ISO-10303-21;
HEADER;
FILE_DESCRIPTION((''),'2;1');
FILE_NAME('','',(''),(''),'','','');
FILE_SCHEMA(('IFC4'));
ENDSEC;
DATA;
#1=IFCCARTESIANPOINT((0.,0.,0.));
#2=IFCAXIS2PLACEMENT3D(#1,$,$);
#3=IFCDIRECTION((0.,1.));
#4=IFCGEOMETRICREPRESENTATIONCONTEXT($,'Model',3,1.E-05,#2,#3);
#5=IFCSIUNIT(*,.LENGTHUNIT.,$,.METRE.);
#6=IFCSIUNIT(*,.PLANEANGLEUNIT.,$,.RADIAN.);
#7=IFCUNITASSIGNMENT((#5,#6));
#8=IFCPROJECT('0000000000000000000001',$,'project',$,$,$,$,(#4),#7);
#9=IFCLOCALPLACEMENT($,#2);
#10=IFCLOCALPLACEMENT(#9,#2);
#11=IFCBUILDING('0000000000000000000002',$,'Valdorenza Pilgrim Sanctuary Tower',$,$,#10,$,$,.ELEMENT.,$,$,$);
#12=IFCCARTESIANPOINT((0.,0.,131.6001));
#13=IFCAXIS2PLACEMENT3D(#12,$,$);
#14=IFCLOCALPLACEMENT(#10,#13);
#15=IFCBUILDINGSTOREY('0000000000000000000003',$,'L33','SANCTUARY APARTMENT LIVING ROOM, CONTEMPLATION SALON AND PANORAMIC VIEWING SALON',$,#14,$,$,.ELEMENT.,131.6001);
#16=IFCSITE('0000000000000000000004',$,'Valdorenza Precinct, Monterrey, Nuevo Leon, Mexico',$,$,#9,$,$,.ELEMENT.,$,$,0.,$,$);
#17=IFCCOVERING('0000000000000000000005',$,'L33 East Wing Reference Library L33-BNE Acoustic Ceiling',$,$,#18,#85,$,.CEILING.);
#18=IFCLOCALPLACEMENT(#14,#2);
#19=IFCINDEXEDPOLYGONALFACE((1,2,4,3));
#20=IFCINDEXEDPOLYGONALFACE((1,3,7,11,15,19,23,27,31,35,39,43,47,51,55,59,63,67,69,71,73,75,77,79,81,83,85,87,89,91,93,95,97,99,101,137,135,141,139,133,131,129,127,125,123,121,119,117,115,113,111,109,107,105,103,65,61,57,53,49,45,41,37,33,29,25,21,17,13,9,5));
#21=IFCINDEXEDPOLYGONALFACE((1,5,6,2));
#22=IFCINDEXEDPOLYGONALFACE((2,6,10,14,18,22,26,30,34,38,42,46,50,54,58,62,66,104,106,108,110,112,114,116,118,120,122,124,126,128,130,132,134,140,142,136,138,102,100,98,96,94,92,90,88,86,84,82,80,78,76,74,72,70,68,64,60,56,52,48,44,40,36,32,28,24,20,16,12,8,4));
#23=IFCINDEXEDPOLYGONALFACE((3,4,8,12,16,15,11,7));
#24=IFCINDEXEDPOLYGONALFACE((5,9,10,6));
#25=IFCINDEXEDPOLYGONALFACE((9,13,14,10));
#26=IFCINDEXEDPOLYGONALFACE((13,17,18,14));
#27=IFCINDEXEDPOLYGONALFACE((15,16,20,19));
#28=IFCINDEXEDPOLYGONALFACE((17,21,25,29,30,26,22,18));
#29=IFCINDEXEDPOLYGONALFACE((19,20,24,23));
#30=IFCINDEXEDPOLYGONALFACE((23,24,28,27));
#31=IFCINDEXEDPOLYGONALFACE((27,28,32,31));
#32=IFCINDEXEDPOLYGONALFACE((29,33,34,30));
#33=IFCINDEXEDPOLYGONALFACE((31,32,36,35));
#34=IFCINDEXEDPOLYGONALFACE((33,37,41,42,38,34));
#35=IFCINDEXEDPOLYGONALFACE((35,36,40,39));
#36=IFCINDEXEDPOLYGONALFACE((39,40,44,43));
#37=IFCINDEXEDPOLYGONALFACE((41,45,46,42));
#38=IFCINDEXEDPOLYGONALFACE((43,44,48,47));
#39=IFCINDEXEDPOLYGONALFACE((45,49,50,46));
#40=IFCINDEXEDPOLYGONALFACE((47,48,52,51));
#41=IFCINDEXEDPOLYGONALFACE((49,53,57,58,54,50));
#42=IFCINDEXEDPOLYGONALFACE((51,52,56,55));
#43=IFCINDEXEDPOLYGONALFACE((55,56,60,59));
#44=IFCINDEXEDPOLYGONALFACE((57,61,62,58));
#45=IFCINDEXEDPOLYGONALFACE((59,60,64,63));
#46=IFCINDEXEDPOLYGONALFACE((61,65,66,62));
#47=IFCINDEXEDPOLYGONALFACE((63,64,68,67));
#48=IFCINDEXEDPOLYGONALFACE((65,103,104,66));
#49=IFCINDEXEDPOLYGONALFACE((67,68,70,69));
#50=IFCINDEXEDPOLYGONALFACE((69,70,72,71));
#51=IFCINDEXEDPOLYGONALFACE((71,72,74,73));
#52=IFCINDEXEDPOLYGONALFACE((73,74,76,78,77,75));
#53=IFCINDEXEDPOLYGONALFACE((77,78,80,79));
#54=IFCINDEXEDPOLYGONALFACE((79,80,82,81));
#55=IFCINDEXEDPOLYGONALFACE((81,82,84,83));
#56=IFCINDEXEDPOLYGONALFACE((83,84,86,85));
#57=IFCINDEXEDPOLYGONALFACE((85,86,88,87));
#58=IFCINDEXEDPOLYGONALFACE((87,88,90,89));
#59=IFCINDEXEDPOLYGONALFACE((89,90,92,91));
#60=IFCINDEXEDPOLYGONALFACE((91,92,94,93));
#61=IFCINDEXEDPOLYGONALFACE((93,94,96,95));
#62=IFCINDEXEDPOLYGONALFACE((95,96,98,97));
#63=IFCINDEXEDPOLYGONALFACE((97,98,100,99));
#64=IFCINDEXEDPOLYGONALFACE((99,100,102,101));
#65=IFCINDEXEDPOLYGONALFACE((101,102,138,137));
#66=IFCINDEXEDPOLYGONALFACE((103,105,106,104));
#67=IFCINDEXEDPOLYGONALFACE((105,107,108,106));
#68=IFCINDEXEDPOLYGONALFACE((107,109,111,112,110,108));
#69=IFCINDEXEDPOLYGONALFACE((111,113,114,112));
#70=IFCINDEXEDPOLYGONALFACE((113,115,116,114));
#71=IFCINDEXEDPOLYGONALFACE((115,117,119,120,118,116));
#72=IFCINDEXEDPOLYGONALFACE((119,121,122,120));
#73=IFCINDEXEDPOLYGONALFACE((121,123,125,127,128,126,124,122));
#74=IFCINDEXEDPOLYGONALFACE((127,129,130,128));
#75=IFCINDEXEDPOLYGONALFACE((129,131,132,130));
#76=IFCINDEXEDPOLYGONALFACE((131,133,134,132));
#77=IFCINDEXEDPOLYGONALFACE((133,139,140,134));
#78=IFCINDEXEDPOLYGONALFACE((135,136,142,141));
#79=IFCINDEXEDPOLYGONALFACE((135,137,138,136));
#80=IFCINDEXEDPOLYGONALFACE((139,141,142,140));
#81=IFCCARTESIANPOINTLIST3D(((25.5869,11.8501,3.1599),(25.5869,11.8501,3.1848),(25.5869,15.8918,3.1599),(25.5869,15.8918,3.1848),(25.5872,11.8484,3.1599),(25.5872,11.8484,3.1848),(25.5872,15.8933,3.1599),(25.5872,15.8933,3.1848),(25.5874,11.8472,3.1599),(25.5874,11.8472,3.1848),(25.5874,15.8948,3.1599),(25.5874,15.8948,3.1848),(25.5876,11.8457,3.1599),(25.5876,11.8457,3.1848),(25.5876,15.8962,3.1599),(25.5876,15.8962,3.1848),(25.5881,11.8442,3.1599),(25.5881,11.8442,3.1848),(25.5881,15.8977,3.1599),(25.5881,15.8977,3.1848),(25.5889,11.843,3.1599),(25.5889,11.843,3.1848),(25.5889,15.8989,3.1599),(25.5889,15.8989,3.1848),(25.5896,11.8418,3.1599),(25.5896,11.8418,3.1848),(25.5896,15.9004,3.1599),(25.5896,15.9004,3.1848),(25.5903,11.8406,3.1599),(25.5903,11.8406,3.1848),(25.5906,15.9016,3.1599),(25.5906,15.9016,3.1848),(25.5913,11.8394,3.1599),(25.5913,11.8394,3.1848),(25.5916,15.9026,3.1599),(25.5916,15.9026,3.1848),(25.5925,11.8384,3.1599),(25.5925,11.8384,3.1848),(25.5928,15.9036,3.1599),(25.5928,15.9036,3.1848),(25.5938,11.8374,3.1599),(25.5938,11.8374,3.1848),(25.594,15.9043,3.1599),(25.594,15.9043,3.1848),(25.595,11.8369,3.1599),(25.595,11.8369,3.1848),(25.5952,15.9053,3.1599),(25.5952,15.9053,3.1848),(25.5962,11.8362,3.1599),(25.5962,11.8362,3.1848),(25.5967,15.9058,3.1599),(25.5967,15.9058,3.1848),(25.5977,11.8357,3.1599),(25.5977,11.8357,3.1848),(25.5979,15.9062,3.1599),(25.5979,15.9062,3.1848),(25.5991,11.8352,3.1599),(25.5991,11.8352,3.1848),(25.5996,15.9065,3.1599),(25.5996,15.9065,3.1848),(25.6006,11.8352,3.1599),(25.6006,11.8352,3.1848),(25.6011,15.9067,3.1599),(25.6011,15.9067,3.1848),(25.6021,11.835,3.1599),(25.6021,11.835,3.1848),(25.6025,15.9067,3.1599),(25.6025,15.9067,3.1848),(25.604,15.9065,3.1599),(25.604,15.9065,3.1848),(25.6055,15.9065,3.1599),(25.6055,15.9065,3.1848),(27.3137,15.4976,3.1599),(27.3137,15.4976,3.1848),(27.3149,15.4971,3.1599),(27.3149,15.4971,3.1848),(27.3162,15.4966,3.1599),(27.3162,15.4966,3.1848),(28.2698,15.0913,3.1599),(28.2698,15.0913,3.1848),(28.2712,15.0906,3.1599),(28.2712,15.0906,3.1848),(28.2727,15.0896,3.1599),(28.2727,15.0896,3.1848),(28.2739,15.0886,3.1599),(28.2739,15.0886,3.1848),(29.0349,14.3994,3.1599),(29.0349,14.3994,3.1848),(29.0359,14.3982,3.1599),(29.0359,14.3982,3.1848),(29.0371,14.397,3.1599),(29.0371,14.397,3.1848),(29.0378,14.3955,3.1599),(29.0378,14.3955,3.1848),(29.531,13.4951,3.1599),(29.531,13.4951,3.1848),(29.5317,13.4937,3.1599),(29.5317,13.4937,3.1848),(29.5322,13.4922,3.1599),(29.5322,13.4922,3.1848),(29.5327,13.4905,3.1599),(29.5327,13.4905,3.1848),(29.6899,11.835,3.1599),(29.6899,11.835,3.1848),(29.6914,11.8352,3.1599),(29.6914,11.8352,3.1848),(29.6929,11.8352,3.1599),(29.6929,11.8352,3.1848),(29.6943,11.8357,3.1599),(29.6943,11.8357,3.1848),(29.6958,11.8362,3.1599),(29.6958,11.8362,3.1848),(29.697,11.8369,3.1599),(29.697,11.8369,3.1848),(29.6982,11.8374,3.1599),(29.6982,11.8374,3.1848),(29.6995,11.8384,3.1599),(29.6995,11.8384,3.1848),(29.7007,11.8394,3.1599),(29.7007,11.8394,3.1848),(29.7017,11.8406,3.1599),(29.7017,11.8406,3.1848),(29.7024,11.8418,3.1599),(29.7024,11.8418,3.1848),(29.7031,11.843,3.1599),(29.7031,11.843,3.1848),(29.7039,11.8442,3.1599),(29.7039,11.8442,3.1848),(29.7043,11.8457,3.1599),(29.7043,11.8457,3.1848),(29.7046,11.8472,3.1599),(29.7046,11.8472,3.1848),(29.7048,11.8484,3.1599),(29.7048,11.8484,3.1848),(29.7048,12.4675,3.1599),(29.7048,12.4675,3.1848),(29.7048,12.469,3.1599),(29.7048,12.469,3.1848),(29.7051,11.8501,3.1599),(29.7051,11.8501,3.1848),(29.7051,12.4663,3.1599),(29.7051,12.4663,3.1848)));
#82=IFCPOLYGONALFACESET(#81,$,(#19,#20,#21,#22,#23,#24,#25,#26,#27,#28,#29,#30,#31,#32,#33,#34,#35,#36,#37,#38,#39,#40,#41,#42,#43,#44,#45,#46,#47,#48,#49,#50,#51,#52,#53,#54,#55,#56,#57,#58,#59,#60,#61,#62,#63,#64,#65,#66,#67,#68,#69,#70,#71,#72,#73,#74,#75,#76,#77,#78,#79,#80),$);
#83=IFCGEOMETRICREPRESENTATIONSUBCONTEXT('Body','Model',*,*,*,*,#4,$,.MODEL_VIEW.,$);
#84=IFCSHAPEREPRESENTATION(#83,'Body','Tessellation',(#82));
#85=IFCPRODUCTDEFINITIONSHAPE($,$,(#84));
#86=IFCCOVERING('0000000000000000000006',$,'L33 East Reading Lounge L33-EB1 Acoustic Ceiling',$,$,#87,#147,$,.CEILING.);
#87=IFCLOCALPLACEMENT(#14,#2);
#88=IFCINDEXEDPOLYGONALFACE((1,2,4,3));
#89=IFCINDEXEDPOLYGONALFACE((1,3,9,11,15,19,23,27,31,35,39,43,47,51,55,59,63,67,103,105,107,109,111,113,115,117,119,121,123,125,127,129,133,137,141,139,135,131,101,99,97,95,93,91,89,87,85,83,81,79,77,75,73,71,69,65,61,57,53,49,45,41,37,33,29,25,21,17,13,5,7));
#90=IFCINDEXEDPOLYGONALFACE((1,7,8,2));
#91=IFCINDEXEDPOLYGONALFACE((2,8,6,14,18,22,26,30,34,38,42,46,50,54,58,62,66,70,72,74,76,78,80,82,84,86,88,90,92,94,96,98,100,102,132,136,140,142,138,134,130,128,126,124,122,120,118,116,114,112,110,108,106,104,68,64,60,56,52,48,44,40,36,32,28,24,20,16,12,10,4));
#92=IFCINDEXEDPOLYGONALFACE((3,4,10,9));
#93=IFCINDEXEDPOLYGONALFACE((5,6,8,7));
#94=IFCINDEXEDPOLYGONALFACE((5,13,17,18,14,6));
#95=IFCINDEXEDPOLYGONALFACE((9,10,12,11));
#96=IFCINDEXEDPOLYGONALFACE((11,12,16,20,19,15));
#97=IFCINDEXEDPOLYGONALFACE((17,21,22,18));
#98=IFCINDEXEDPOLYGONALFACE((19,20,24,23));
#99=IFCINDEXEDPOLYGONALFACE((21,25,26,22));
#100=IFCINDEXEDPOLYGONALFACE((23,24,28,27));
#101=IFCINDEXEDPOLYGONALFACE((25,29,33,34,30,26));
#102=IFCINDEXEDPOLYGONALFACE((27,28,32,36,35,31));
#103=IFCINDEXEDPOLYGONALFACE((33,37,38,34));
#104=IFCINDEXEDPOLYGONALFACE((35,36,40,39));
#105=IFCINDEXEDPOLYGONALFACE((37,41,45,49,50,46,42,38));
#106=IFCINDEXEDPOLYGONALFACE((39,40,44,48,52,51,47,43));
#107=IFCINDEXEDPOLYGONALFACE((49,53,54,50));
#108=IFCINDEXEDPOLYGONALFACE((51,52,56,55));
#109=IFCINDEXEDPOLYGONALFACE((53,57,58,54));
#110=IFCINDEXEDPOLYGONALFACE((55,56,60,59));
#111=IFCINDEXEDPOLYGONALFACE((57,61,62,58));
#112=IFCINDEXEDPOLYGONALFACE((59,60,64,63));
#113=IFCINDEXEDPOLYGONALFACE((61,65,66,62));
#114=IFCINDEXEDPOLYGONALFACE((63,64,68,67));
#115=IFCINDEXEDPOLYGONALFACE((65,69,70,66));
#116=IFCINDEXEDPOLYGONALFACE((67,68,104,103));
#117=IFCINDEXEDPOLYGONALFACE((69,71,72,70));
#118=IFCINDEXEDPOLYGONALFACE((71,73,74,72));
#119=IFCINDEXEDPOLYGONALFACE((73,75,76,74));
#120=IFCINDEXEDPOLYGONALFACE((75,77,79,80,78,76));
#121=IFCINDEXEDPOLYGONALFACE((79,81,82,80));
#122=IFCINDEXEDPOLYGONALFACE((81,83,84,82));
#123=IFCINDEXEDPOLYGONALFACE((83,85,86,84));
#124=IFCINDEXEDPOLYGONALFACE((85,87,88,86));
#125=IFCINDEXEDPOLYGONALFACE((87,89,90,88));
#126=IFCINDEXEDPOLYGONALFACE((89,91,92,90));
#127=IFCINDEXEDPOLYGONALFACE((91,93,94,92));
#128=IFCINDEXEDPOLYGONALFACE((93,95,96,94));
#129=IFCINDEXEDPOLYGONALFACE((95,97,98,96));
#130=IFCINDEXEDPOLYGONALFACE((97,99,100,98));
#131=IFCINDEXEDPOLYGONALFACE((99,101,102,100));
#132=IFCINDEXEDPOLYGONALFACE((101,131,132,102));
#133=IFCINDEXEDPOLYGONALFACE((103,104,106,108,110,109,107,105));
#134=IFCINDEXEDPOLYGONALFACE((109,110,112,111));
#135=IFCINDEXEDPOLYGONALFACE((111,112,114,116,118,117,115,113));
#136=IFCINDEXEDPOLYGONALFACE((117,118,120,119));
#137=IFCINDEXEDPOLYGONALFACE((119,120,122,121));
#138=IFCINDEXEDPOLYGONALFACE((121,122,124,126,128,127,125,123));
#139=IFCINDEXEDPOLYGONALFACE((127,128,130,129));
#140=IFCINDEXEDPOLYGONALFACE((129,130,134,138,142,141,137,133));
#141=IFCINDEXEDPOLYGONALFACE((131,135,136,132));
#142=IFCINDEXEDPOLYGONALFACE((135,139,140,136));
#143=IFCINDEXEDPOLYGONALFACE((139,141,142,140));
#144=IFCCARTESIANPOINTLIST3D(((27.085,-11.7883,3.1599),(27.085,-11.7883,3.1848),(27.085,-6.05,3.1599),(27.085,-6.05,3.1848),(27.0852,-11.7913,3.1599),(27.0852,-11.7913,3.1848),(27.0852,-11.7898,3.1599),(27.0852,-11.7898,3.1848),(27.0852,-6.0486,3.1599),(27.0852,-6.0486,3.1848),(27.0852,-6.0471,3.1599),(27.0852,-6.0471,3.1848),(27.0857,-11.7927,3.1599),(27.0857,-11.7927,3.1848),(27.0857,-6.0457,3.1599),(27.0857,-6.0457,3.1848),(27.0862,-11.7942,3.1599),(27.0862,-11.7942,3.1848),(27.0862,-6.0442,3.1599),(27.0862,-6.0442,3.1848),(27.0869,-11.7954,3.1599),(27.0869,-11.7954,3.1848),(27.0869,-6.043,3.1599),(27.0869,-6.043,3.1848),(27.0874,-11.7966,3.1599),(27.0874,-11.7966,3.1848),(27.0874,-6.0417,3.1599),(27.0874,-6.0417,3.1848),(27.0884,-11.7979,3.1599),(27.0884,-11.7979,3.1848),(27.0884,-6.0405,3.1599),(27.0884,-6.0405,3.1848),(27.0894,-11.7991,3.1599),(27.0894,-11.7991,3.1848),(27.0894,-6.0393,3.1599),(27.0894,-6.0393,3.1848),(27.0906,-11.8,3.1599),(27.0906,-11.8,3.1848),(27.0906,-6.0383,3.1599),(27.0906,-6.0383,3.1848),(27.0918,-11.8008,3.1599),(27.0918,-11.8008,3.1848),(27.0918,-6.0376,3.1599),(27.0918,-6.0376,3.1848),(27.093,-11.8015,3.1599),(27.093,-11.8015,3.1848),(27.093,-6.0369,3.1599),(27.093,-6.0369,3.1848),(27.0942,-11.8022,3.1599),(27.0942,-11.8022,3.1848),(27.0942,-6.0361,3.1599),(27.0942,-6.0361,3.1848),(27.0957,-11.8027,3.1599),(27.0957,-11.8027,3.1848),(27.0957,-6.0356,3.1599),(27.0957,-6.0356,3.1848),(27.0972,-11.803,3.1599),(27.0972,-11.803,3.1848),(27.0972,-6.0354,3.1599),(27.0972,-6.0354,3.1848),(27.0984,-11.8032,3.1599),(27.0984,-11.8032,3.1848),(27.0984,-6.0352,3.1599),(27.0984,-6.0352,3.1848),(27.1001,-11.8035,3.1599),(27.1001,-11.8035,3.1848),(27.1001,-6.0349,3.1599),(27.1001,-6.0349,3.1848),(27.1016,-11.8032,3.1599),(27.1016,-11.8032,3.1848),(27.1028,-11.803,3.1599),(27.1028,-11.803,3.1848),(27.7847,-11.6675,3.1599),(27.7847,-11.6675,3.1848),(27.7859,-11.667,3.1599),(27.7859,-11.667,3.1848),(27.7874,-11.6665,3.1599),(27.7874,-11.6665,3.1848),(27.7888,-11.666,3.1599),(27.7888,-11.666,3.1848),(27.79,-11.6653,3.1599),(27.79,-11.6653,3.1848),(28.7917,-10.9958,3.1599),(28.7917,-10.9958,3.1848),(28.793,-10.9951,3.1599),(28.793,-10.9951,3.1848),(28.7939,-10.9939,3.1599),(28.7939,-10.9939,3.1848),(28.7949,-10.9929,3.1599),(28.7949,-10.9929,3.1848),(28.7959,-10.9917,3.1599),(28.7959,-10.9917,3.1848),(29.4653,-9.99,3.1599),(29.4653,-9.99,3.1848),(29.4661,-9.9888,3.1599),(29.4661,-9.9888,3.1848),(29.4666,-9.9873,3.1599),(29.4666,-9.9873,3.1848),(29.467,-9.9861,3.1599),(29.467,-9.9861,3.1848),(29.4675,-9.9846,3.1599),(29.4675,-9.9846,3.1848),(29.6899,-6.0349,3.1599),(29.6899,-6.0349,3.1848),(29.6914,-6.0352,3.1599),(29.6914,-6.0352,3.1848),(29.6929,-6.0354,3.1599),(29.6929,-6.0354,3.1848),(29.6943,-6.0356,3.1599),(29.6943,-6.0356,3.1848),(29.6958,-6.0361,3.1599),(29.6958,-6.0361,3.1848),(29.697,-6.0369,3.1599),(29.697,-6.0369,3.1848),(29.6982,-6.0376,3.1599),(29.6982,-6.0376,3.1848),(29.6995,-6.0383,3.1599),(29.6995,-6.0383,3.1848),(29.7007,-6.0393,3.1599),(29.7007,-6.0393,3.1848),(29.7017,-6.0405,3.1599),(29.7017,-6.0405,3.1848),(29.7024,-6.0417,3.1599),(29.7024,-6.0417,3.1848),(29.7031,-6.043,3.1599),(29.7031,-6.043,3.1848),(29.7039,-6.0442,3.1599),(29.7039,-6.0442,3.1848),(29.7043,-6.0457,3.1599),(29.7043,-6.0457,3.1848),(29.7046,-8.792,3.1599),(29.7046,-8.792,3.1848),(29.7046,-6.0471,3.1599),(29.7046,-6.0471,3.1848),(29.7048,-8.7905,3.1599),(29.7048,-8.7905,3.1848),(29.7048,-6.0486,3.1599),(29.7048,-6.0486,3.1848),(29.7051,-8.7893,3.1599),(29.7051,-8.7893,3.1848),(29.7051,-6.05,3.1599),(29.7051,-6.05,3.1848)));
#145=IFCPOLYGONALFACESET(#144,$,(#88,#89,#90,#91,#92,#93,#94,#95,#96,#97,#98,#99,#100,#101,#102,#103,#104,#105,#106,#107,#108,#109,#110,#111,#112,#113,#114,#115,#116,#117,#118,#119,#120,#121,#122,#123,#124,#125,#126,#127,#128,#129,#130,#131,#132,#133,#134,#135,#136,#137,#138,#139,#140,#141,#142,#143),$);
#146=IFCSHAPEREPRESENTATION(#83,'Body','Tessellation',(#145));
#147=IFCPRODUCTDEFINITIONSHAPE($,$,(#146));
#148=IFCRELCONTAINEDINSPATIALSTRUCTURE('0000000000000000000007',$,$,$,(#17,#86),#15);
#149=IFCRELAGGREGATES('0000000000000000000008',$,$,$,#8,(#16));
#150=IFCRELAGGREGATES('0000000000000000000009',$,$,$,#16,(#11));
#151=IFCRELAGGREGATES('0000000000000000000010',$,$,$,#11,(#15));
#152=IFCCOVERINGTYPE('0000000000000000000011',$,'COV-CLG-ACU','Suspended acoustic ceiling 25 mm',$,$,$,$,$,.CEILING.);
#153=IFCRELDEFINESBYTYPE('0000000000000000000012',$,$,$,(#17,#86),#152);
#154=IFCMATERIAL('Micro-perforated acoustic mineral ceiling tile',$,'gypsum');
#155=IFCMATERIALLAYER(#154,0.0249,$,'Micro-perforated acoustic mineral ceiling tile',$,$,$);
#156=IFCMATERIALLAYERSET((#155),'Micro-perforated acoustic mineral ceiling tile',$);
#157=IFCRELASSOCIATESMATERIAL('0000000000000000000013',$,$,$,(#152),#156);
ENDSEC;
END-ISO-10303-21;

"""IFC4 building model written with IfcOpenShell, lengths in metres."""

from ifc_helpers import new_model, si_unit, direction, frame, origin, place, context, subcontext, project, spatial, polyline, outline, extrude, material, layer, layer_set, type_object, element, save


model = new_model("IFC4")

# Units and contexts
model_context = context("Model", 3, precision=1e-05, world=origin(), true_north=direction((0.0, 1.0)))
body_context = subcontext(model_context, "Body", "Model", "MODEL_VIEW")
ifc_project = project(units=[si_unit("LENGTHUNIT", "METRE"), si_unit("PLANEANGLEUNIT", "RADIAN")], contexts=[model_context])

# Site, building, storey
site_placement = place(None, origin())
site = spatial("IfcSite", under=ifc_project, at=site_placement, Name="Valdorenza Precinct, Monterrey, Nuevo Leon, Mexico", CompositionType="ELEMENT", RefElevation=0.0)
building_placement = place(site_placement, origin())
building = spatial("IfcBuilding", under=site, at=building_placement, Name="Valdorenza Pilgrim Sanctuary Tower", CompositionType="ELEMENT")
storey_placement = place(building_placement, frame((0.0, 0.0, 131.6001)))
storey = spatial("IfcBuildingStorey", under=building, at=storey_placement, Name="L33", Description="SANCTUARY APARTMENT LIVING ROOM, CONTEMPLATION SALON AND PANORAMIC VIEWING SALON", CompositionType="ELEMENT", Elevation=131.6001)

# Coverings
ifc_material_1 = material(Name="Micro-perforated acoustic mineral ceiling tile", Category="gypsum")
ifc_layer_1 = layer(ifc_material_1, 0.0249, Name="Micro-perforated acoustic mineral ceiling tile")
ifc_layer_set_1 = layer_set([ifc_layer_1], Name="Micro-perforated acoustic mineral ceiling tile")
covering_type_1 = type_object("IfcCoveringType", Name="COV-CLG-ACU", Description="Suspended acoustic ceiling 25 mm", PredefinedType="CEILING", material=ifc_layer_set_1)
covering_1_placement = place(storey_placement, frame((0.0, 0.0, 3.1599)))
element("IfcCovering", 1, at=covering_1_placement, inside=storey, type_object=covering_type_1, Name="L33 East Wing Reference Library L33-BNE Acoustic Ceiling", PredefinedType="CEILING", context=body_context, shape_type="SweptSolid", body=[
    extrude(outline(polyline([(27.3137, 15.4976), (27.3149, 15.4971), (27.3162, 15.4966), (28.2698, 15.0913), (28.2712, 15.0906), (28.2727, 15.0896), (28.2739, 15.0886), (29.0349, 14.3994), (29.0359, 14.3982), (29.0371, 14.397), (29.0378, 14.3955), (29.531, 13.4951), (29.5317, 13.4937), (29.5322, 13.4922), (29.5327, 13.4905), (29.7048, 12.469), (29.7048, 12.4675), (29.7051, 12.4663), (29.7051, 11.8501), (29.7048, 11.8484), (29.7046, 11.8472), (29.7043, 11.8457), (29.7039, 11.8442), (29.7031, 11.843), (29.7024, 11.8418), (29.7017, 11.8406), (29.7007, 11.8394), (29.6995, 11.8384), (29.6982, 11.8374), (29.697, 11.8369), (29.6958, 11.8362), (29.6943, 11.8357), (29.6929, 11.8352), (29.6914, 11.8352), (29.6899, 11.835), (25.6021, 11.835), (25.6006, 11.8352), (25.5991, 11.8352), (25.5977, 11.8357), (25.5962, 11.8362), (25.595, 11.8369), (25.5938, 11.8374), (25.5925, 11.8384), (25.5913, 11.8394), (25.5903, 11.8406), (25.5896, 11.8418), (25.5889, 11.843), (25.5881, 11.8442), (25.5876, 11.8457), (25.5874, 11.8472), (25.5872, 11.8484), (25.5869, 11.8501), (25.5869, 15.8918), (25.5872, 15.8933), (25.5874, 15.8948), (25.5876, 15.8962), (25.5881, 15.8977), (25.5889, 15.8989), (25.5896, 15.9004), (25.5906, 15.9016), (25.5916, 15.9026), (25.5928, 15.9036), (25.594, 15.9043), (25.5952, 15.9053), (25.5967, 15.9058), (25.5979, 15.9062), (25.5996, 15.9065), (25.6011, 15.9067), (25.6025, 15.9067), (25.604, 15.9065), (25.6055, 15.9065), (27.3137, 15.4976)])), origin(), (0.0, 0.0, 1.0), 0.0249),
])
covering_2_placement = place(storey_placement, frame((0.0, 0.0, 3.1599)))
element("IfcCovering", 2, at=covering_2_placement, inside=storey, type_object=covering_type_1, Name="L33 East Reading Lounge L33-EB1 Acoustic Ceiling", PredefinedType="CEILING", context=body_context, shape_type="SweptSolid", body=[
    extrude(outline(polyline([(29.6899, -6.0349), (29.6914, -6.0352), (29.6929, -6.0354), (29.6943, -6.0356), (29.6958, -6.0361), (29.697, -6.0369), (29.6982, -6.0376), (29.6995, -6.0383), (29.7007, -6.0393), (29.7017, -6.0405), (29.7024, -6.0417), (29.7031, -6.043), (29.7039, -6.0442), (29.7043, -6.0457), (29.7046, -6.0471), (29.7048, -6.0486), (29.7051, -6.05), (29.7051, -8.7893), (29.7048, -8.7905), (29.7046, -8.792), (29.4675, -9.9846), (29.467, -9.9861), (29.4666, -9.9873), (29.4661, -9.9888), (29.4653, -9.99), (28.7959, -10.9917), (28.7949, -10.9929), (28.7939, -10.9939), (28.793, -10.9951), (28.7917, -10.9958), (27.79, -11.6653), (27.7888, -11.666), (27.7874, -11.6665), (27.7859, -11.667), (27.7847, -11.6675), (27.1028, -11.803), (27.1016, -11.8032), (27.1001, -11.8035), (27.0984, -11.8032), (27.0972, -11.803), (27.0957, -11.8027), (27.0942, -11.8022), (27.093, -11.8015), (27.0918, -11.8008), (27.0906, -11.8), (27.0894, -11.7991), (27.0884, -11.7979), (27.0874, -11.7966), (27.0869, -11.7954), (27.0862, -11.7942), (27.0857, -11.7927), (27.0852, -11.7913), (27.0852, -11.7898), (27.085, -11.7883), (27.085, -6.05), (27.0852, -6.0486), (27.0852, -6.0471), (27.0857, -6.0457), (27.0862, -6.0442), (27.0869, -6.043), (27.0874, -6.0417), (27.0884, -6.0405), (27.0894, -6.0393), (27.0906, -6.0383), (27.0918, -6.0376), (27.093, -6.0369), (27.0942, -6.0361), (27.0957, -6.0356), (27.0972, -6.0354), (27.0984, -6.0352), (27.1001, -6.0349), (29.6899, -6.0349)])), origin(), (0.0, 0.0, 1.0), 0.0249),
])

save(model, "model.ifc")
